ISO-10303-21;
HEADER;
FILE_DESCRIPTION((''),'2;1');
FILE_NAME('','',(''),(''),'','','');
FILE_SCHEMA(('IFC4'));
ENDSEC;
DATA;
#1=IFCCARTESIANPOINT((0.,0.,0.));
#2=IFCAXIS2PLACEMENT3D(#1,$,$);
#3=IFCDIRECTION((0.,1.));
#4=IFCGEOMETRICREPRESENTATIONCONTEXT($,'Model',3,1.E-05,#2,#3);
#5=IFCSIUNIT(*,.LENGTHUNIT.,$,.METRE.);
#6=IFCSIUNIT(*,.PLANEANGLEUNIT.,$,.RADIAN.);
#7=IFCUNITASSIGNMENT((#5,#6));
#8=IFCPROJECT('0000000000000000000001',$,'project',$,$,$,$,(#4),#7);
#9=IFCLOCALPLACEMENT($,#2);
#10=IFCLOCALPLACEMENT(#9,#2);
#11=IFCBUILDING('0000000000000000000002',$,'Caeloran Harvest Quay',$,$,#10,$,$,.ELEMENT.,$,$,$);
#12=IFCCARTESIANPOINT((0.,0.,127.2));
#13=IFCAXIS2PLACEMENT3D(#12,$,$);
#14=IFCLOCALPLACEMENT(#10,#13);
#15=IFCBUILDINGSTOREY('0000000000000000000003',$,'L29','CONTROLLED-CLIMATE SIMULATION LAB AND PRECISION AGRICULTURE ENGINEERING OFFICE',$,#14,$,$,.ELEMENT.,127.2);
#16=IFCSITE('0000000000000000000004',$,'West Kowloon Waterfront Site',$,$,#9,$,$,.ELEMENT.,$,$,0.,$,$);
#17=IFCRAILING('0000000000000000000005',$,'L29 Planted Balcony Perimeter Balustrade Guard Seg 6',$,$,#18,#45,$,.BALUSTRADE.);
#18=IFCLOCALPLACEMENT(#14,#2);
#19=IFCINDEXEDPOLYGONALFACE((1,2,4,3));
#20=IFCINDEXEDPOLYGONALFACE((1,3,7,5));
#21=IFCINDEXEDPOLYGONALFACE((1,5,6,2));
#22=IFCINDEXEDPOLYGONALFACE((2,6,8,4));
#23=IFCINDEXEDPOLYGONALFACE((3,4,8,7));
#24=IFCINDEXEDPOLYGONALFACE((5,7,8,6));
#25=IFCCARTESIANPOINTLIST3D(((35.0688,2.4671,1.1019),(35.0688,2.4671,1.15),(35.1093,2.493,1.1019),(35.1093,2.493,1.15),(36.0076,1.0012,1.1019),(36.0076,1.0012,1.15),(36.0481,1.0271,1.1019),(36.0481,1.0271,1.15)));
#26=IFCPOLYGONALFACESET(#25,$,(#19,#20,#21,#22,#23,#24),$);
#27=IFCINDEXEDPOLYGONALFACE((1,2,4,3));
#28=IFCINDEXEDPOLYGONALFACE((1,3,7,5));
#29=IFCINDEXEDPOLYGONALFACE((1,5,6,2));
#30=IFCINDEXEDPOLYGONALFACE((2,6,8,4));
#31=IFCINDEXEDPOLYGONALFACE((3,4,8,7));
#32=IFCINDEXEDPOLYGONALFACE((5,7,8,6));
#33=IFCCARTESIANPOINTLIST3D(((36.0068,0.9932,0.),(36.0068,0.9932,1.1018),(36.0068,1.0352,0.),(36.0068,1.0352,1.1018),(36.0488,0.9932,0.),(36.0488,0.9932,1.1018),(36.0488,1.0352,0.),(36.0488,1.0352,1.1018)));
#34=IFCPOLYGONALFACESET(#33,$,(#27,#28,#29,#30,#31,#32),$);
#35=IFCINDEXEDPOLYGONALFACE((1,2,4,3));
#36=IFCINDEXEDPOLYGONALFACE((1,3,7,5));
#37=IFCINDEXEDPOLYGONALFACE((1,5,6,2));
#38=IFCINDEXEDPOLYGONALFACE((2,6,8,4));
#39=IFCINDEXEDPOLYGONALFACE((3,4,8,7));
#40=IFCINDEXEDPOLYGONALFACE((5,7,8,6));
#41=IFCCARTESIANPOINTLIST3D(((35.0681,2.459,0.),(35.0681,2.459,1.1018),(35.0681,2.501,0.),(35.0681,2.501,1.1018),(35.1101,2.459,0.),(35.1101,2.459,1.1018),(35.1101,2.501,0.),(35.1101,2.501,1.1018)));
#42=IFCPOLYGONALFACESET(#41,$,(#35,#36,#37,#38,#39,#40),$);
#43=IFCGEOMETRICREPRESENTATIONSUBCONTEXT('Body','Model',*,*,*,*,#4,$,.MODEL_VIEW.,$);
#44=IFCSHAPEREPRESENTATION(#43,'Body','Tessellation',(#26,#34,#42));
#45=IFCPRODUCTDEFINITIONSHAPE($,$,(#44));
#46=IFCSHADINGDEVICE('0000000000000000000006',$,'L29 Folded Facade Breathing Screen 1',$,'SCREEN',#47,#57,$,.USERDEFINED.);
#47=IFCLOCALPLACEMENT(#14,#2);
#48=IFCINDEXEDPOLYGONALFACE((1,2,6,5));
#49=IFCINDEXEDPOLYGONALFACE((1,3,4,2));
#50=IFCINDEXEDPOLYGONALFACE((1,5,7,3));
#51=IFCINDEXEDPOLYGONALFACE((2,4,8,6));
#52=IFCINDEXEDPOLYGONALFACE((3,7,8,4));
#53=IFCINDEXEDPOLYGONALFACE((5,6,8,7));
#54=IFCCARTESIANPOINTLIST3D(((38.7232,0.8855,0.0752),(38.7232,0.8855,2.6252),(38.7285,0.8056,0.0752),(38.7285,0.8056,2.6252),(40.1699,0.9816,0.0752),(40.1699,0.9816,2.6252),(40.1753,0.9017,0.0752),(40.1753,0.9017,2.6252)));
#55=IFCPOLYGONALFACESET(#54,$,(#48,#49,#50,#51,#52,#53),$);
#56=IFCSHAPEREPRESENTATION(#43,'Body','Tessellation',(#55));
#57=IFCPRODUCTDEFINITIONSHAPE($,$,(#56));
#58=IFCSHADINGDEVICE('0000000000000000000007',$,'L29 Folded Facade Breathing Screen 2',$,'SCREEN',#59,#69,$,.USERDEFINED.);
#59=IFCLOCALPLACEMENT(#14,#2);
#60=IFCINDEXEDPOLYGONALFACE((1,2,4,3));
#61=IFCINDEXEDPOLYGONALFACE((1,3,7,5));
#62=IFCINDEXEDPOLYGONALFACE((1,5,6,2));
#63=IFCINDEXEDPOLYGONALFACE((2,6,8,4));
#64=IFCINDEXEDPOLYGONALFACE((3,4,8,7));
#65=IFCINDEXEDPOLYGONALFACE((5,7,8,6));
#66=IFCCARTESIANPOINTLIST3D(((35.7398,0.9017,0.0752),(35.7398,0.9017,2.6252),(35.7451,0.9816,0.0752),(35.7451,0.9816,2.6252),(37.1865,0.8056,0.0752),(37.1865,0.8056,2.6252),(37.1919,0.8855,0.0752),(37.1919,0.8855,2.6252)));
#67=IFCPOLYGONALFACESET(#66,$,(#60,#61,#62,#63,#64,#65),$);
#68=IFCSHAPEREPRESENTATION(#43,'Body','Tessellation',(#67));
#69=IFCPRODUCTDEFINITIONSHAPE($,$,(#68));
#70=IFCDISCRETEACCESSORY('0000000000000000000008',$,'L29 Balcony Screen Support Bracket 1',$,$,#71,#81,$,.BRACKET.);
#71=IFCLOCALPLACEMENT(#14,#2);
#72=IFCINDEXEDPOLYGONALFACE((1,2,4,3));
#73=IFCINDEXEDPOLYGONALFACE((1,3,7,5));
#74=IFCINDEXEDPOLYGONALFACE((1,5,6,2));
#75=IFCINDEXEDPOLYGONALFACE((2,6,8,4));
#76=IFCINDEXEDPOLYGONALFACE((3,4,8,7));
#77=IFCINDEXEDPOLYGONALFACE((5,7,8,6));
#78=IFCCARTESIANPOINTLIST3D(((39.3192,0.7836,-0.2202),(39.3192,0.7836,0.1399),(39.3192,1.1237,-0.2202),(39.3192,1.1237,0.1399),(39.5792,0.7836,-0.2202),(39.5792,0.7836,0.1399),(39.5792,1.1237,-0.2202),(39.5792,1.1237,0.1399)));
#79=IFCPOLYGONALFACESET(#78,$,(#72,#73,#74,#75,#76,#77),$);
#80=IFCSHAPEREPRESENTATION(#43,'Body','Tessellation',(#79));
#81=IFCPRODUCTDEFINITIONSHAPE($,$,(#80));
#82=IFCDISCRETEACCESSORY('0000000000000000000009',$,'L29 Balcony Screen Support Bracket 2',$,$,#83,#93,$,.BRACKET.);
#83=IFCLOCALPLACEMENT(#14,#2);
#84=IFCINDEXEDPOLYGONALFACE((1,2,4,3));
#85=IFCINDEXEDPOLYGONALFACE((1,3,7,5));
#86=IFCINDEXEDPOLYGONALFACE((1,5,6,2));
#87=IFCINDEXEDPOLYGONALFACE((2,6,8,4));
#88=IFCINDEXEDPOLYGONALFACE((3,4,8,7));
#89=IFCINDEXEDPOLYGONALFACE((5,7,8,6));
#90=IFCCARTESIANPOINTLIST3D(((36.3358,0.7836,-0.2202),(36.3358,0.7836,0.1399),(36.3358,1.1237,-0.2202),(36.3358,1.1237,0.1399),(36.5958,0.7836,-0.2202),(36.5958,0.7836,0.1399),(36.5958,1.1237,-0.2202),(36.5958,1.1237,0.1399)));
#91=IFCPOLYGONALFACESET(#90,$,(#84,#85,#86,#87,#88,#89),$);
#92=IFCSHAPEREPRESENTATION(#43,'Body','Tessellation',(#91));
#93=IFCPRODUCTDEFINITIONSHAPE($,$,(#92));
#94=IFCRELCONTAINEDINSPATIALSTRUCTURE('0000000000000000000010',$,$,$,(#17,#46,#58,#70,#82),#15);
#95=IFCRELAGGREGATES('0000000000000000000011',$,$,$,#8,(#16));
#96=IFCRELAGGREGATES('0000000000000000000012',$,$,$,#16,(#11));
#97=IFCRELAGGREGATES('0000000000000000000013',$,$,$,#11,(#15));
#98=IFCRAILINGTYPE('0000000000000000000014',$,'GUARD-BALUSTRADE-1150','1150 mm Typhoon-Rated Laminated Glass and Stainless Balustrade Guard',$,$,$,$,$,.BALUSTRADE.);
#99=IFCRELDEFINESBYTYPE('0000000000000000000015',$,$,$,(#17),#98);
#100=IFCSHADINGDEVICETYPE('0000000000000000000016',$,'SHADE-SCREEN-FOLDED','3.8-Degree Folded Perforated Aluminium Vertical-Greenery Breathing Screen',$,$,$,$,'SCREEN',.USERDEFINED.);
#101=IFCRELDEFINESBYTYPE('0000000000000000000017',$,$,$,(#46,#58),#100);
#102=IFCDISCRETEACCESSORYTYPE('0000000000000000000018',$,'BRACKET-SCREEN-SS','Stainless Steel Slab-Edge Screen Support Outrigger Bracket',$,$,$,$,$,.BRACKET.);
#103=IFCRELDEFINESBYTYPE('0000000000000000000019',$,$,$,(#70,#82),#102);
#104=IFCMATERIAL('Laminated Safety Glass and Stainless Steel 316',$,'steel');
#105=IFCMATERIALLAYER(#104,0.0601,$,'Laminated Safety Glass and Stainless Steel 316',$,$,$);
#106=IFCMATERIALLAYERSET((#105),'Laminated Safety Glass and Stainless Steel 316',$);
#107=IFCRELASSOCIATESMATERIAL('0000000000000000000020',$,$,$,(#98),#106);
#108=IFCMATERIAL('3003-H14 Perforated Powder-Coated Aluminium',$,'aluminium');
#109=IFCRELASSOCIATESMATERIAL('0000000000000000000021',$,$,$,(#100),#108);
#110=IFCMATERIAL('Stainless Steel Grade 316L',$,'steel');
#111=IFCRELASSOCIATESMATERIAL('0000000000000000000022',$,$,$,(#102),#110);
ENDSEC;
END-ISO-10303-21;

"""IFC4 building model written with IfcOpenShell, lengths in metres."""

from ifc_helpers import new_model, si_unit, direction, frame, origin, origin_2d, place, context, subcontext, project, spatial, rectangle, extrude, material, layer, layer_set, type_object, element, save


model = new_model("IFC4")

# Units and contexts
model_context = context("Model", 3, precision=1e-05, world=origin(), true_north=direction((0.0, 1.0)))
body_context = subcontext(model_context, "Body", "Model", "MODEL_VIEW")
ifc_project = project(units=[si_unit("LENGTHUNIT", "METRE"), si_unit("PLANEANGLEUNIT", "RADIAN")], contexts=[model_context])

# Site, building, storey
site_placement = place(None, origin())
site = spatial("IfcSite", under=ifc_project, at=site_placement, Name="West Kowloon Waterfront Site", CompositionType="ELEMENT", RefElevation=0.0)
building_placement = place(site_placement, origin())
building = spatial("IfcBuilding", under=site, at=building_placement, Name="Caeloran Harvest Quay", CompositionType="ELEMENT")
storey_placement = place(building_placement, frame((0.0, 0.0, 127.2)))
storey = spatial("IfcBuildingStorey", under=building, at=storey_placement, Name="L29", Description="CONTROLLED-CLIMATE SIMULATION LAB AND PRECISION AGRICULTURE ENGINEERING OFFICE", CompositionType="ELEMENT", Elevation=127.2)

# Railing
ifc_material_1 = material(Name="Laminated Safety Glass and Stainless Steel 316", Category="steel")
ifc_layer_1 = layer(ifc_material_1, 0.0601, Name="Laminated Safety Glass and Stainless Steel 316")
ifc_layer_set_1 = layer_set([ifc_layer_1], Name="Laminated Safety Glass and Stainless Steel 316")
railing_type = type_object("IfcRailingType", Name="GUARD-BALUSTRADE-1150", Description="1150 mm Typhoon-Rated Laminated Glass and Stainless Balustrade Guard", PredefinedType="BALUSTRADE", material=ifc_layer_set_1)
railing_1_placement = place(storey_placement, frame((36.0278, 1.0142, 0.0)))
element("IfcRailing", 1, at=railing_1_placement, inside=storey, type_object=railing_type, Name="L29 Planted Balcony Perimeter Balustrade Guard Seg 6", PredefinedType="BALUSTRADE", context=body_context, shape_type="SweptSolid", body=[
    extrude(rectangle(XDim=0.0481, YDim=0.0481, at=origin_2d()), frame((0.0, 0.0, 1.126), z_axis=(-0.539296, 0.842116, 0.0), x_axis=(-0.842116, -0.539296, 0.0)), (0.0, 0.0, 1.0), 1.7407),
    extrude(rectangle(XDim=0.042, YDim=0.042, at=origin_2d()), origin(), (0.0, 0.0, 1.0), 1.1018),
    extrude(rectangle(XDim=0.042, YDim=0.042, at=origin_2d()), frame((-0.9387, 1.4658, 0.0)), (0.0, 0.0, 1.0), 1.1018),
])

# Shading devices
ifc_material_2 = material(Name="3003-H14 Perforated Powder-Coated Aluminium", Category="aluminium")
shading_device_type = type_object("IfcShadingDeviceType", Name="SHADE-SCREEN-FOLDED", Description="3.8-Degree Folded Perforated Aluminium Vertical-Greenery Breathing Screen", ElementType="SCREEN", PredefinedType="USERDEFINED", material=ifc_material_2)
for number, where, z_axis, x_axis, name in (
    (2, (39.4492, 0.8936, 0.0752), (0.0, 0.0, 1.0), (0.997801, 0.066274, 0.0), "L29 Folded Facade Breathing Screen 1"),
    (3, (36.4658, 0.8936, 0.0752), (0.0, 0.0, 1.0), (0.997801, -0.066274, 0.0), "L29 Folded Facade Breathing Screen 2"),
):
    element("IfcShadingDevice", number, at=place(storey_placement, frame(where, z_axis=z_axis, x_axis=x_axis)), inside=storey, type_object=shading_device_type, Name=name, ObjectType="SCREEN", PredefinedType="USERDEFINED", context=body_context, shape_type="SweptSolid", body=[
        extrude(rectangle(XDim=1.45, YDim=0.0801, at=origin_2d()), origin(), (0.0, 0.0, 1.0), 2.55),
    ])

# Discrete accessories
ifc_material_3 = material(Name="Stainless Steel Grade 316L", Category="steel")
discrete_accessory_type = type_object("IfcDiscreteAccessoryType", Name="BRACKET-SCREEN-SS", Description="Stainless Steel Slab-Edge Screen Support Outrigger Bracket", PredefinedType="BRACKET", material=ifc_material_3)
for number, where, z_axis, x_axis, name in (
    (4, (39.4492, 0.9536, -0.2202), (0.0, 0.0, 1.0), (1.0, 0.0, 0.0), "L29 Balcony Screen Support Bracket 1"),
    (5, (36.4658, 0.9536, -0.2202), (0.0, 0.0, 1.0), (1.0, 0.0, 0.0), "L29 Balcony Screen Support Bracket 2"),
):
    element("IfcDiscreteAccessory", number, at=place(storey_placement, frame(where, z_axis=z_axis, x_axis=x_axis)), inside=storey, type_object=discrete_accessory_type, Name=name, PredefinedType="BRACKET", context=body_context, shape_type="SweptSolid", body=[
        extrude(rectangle(XDim=0.26, YDim=0.3401, at=origin_2d()), origin(), (0.0, 0.0, 1.0), 0.3601),
    ])

save(model, "model.ifc")
